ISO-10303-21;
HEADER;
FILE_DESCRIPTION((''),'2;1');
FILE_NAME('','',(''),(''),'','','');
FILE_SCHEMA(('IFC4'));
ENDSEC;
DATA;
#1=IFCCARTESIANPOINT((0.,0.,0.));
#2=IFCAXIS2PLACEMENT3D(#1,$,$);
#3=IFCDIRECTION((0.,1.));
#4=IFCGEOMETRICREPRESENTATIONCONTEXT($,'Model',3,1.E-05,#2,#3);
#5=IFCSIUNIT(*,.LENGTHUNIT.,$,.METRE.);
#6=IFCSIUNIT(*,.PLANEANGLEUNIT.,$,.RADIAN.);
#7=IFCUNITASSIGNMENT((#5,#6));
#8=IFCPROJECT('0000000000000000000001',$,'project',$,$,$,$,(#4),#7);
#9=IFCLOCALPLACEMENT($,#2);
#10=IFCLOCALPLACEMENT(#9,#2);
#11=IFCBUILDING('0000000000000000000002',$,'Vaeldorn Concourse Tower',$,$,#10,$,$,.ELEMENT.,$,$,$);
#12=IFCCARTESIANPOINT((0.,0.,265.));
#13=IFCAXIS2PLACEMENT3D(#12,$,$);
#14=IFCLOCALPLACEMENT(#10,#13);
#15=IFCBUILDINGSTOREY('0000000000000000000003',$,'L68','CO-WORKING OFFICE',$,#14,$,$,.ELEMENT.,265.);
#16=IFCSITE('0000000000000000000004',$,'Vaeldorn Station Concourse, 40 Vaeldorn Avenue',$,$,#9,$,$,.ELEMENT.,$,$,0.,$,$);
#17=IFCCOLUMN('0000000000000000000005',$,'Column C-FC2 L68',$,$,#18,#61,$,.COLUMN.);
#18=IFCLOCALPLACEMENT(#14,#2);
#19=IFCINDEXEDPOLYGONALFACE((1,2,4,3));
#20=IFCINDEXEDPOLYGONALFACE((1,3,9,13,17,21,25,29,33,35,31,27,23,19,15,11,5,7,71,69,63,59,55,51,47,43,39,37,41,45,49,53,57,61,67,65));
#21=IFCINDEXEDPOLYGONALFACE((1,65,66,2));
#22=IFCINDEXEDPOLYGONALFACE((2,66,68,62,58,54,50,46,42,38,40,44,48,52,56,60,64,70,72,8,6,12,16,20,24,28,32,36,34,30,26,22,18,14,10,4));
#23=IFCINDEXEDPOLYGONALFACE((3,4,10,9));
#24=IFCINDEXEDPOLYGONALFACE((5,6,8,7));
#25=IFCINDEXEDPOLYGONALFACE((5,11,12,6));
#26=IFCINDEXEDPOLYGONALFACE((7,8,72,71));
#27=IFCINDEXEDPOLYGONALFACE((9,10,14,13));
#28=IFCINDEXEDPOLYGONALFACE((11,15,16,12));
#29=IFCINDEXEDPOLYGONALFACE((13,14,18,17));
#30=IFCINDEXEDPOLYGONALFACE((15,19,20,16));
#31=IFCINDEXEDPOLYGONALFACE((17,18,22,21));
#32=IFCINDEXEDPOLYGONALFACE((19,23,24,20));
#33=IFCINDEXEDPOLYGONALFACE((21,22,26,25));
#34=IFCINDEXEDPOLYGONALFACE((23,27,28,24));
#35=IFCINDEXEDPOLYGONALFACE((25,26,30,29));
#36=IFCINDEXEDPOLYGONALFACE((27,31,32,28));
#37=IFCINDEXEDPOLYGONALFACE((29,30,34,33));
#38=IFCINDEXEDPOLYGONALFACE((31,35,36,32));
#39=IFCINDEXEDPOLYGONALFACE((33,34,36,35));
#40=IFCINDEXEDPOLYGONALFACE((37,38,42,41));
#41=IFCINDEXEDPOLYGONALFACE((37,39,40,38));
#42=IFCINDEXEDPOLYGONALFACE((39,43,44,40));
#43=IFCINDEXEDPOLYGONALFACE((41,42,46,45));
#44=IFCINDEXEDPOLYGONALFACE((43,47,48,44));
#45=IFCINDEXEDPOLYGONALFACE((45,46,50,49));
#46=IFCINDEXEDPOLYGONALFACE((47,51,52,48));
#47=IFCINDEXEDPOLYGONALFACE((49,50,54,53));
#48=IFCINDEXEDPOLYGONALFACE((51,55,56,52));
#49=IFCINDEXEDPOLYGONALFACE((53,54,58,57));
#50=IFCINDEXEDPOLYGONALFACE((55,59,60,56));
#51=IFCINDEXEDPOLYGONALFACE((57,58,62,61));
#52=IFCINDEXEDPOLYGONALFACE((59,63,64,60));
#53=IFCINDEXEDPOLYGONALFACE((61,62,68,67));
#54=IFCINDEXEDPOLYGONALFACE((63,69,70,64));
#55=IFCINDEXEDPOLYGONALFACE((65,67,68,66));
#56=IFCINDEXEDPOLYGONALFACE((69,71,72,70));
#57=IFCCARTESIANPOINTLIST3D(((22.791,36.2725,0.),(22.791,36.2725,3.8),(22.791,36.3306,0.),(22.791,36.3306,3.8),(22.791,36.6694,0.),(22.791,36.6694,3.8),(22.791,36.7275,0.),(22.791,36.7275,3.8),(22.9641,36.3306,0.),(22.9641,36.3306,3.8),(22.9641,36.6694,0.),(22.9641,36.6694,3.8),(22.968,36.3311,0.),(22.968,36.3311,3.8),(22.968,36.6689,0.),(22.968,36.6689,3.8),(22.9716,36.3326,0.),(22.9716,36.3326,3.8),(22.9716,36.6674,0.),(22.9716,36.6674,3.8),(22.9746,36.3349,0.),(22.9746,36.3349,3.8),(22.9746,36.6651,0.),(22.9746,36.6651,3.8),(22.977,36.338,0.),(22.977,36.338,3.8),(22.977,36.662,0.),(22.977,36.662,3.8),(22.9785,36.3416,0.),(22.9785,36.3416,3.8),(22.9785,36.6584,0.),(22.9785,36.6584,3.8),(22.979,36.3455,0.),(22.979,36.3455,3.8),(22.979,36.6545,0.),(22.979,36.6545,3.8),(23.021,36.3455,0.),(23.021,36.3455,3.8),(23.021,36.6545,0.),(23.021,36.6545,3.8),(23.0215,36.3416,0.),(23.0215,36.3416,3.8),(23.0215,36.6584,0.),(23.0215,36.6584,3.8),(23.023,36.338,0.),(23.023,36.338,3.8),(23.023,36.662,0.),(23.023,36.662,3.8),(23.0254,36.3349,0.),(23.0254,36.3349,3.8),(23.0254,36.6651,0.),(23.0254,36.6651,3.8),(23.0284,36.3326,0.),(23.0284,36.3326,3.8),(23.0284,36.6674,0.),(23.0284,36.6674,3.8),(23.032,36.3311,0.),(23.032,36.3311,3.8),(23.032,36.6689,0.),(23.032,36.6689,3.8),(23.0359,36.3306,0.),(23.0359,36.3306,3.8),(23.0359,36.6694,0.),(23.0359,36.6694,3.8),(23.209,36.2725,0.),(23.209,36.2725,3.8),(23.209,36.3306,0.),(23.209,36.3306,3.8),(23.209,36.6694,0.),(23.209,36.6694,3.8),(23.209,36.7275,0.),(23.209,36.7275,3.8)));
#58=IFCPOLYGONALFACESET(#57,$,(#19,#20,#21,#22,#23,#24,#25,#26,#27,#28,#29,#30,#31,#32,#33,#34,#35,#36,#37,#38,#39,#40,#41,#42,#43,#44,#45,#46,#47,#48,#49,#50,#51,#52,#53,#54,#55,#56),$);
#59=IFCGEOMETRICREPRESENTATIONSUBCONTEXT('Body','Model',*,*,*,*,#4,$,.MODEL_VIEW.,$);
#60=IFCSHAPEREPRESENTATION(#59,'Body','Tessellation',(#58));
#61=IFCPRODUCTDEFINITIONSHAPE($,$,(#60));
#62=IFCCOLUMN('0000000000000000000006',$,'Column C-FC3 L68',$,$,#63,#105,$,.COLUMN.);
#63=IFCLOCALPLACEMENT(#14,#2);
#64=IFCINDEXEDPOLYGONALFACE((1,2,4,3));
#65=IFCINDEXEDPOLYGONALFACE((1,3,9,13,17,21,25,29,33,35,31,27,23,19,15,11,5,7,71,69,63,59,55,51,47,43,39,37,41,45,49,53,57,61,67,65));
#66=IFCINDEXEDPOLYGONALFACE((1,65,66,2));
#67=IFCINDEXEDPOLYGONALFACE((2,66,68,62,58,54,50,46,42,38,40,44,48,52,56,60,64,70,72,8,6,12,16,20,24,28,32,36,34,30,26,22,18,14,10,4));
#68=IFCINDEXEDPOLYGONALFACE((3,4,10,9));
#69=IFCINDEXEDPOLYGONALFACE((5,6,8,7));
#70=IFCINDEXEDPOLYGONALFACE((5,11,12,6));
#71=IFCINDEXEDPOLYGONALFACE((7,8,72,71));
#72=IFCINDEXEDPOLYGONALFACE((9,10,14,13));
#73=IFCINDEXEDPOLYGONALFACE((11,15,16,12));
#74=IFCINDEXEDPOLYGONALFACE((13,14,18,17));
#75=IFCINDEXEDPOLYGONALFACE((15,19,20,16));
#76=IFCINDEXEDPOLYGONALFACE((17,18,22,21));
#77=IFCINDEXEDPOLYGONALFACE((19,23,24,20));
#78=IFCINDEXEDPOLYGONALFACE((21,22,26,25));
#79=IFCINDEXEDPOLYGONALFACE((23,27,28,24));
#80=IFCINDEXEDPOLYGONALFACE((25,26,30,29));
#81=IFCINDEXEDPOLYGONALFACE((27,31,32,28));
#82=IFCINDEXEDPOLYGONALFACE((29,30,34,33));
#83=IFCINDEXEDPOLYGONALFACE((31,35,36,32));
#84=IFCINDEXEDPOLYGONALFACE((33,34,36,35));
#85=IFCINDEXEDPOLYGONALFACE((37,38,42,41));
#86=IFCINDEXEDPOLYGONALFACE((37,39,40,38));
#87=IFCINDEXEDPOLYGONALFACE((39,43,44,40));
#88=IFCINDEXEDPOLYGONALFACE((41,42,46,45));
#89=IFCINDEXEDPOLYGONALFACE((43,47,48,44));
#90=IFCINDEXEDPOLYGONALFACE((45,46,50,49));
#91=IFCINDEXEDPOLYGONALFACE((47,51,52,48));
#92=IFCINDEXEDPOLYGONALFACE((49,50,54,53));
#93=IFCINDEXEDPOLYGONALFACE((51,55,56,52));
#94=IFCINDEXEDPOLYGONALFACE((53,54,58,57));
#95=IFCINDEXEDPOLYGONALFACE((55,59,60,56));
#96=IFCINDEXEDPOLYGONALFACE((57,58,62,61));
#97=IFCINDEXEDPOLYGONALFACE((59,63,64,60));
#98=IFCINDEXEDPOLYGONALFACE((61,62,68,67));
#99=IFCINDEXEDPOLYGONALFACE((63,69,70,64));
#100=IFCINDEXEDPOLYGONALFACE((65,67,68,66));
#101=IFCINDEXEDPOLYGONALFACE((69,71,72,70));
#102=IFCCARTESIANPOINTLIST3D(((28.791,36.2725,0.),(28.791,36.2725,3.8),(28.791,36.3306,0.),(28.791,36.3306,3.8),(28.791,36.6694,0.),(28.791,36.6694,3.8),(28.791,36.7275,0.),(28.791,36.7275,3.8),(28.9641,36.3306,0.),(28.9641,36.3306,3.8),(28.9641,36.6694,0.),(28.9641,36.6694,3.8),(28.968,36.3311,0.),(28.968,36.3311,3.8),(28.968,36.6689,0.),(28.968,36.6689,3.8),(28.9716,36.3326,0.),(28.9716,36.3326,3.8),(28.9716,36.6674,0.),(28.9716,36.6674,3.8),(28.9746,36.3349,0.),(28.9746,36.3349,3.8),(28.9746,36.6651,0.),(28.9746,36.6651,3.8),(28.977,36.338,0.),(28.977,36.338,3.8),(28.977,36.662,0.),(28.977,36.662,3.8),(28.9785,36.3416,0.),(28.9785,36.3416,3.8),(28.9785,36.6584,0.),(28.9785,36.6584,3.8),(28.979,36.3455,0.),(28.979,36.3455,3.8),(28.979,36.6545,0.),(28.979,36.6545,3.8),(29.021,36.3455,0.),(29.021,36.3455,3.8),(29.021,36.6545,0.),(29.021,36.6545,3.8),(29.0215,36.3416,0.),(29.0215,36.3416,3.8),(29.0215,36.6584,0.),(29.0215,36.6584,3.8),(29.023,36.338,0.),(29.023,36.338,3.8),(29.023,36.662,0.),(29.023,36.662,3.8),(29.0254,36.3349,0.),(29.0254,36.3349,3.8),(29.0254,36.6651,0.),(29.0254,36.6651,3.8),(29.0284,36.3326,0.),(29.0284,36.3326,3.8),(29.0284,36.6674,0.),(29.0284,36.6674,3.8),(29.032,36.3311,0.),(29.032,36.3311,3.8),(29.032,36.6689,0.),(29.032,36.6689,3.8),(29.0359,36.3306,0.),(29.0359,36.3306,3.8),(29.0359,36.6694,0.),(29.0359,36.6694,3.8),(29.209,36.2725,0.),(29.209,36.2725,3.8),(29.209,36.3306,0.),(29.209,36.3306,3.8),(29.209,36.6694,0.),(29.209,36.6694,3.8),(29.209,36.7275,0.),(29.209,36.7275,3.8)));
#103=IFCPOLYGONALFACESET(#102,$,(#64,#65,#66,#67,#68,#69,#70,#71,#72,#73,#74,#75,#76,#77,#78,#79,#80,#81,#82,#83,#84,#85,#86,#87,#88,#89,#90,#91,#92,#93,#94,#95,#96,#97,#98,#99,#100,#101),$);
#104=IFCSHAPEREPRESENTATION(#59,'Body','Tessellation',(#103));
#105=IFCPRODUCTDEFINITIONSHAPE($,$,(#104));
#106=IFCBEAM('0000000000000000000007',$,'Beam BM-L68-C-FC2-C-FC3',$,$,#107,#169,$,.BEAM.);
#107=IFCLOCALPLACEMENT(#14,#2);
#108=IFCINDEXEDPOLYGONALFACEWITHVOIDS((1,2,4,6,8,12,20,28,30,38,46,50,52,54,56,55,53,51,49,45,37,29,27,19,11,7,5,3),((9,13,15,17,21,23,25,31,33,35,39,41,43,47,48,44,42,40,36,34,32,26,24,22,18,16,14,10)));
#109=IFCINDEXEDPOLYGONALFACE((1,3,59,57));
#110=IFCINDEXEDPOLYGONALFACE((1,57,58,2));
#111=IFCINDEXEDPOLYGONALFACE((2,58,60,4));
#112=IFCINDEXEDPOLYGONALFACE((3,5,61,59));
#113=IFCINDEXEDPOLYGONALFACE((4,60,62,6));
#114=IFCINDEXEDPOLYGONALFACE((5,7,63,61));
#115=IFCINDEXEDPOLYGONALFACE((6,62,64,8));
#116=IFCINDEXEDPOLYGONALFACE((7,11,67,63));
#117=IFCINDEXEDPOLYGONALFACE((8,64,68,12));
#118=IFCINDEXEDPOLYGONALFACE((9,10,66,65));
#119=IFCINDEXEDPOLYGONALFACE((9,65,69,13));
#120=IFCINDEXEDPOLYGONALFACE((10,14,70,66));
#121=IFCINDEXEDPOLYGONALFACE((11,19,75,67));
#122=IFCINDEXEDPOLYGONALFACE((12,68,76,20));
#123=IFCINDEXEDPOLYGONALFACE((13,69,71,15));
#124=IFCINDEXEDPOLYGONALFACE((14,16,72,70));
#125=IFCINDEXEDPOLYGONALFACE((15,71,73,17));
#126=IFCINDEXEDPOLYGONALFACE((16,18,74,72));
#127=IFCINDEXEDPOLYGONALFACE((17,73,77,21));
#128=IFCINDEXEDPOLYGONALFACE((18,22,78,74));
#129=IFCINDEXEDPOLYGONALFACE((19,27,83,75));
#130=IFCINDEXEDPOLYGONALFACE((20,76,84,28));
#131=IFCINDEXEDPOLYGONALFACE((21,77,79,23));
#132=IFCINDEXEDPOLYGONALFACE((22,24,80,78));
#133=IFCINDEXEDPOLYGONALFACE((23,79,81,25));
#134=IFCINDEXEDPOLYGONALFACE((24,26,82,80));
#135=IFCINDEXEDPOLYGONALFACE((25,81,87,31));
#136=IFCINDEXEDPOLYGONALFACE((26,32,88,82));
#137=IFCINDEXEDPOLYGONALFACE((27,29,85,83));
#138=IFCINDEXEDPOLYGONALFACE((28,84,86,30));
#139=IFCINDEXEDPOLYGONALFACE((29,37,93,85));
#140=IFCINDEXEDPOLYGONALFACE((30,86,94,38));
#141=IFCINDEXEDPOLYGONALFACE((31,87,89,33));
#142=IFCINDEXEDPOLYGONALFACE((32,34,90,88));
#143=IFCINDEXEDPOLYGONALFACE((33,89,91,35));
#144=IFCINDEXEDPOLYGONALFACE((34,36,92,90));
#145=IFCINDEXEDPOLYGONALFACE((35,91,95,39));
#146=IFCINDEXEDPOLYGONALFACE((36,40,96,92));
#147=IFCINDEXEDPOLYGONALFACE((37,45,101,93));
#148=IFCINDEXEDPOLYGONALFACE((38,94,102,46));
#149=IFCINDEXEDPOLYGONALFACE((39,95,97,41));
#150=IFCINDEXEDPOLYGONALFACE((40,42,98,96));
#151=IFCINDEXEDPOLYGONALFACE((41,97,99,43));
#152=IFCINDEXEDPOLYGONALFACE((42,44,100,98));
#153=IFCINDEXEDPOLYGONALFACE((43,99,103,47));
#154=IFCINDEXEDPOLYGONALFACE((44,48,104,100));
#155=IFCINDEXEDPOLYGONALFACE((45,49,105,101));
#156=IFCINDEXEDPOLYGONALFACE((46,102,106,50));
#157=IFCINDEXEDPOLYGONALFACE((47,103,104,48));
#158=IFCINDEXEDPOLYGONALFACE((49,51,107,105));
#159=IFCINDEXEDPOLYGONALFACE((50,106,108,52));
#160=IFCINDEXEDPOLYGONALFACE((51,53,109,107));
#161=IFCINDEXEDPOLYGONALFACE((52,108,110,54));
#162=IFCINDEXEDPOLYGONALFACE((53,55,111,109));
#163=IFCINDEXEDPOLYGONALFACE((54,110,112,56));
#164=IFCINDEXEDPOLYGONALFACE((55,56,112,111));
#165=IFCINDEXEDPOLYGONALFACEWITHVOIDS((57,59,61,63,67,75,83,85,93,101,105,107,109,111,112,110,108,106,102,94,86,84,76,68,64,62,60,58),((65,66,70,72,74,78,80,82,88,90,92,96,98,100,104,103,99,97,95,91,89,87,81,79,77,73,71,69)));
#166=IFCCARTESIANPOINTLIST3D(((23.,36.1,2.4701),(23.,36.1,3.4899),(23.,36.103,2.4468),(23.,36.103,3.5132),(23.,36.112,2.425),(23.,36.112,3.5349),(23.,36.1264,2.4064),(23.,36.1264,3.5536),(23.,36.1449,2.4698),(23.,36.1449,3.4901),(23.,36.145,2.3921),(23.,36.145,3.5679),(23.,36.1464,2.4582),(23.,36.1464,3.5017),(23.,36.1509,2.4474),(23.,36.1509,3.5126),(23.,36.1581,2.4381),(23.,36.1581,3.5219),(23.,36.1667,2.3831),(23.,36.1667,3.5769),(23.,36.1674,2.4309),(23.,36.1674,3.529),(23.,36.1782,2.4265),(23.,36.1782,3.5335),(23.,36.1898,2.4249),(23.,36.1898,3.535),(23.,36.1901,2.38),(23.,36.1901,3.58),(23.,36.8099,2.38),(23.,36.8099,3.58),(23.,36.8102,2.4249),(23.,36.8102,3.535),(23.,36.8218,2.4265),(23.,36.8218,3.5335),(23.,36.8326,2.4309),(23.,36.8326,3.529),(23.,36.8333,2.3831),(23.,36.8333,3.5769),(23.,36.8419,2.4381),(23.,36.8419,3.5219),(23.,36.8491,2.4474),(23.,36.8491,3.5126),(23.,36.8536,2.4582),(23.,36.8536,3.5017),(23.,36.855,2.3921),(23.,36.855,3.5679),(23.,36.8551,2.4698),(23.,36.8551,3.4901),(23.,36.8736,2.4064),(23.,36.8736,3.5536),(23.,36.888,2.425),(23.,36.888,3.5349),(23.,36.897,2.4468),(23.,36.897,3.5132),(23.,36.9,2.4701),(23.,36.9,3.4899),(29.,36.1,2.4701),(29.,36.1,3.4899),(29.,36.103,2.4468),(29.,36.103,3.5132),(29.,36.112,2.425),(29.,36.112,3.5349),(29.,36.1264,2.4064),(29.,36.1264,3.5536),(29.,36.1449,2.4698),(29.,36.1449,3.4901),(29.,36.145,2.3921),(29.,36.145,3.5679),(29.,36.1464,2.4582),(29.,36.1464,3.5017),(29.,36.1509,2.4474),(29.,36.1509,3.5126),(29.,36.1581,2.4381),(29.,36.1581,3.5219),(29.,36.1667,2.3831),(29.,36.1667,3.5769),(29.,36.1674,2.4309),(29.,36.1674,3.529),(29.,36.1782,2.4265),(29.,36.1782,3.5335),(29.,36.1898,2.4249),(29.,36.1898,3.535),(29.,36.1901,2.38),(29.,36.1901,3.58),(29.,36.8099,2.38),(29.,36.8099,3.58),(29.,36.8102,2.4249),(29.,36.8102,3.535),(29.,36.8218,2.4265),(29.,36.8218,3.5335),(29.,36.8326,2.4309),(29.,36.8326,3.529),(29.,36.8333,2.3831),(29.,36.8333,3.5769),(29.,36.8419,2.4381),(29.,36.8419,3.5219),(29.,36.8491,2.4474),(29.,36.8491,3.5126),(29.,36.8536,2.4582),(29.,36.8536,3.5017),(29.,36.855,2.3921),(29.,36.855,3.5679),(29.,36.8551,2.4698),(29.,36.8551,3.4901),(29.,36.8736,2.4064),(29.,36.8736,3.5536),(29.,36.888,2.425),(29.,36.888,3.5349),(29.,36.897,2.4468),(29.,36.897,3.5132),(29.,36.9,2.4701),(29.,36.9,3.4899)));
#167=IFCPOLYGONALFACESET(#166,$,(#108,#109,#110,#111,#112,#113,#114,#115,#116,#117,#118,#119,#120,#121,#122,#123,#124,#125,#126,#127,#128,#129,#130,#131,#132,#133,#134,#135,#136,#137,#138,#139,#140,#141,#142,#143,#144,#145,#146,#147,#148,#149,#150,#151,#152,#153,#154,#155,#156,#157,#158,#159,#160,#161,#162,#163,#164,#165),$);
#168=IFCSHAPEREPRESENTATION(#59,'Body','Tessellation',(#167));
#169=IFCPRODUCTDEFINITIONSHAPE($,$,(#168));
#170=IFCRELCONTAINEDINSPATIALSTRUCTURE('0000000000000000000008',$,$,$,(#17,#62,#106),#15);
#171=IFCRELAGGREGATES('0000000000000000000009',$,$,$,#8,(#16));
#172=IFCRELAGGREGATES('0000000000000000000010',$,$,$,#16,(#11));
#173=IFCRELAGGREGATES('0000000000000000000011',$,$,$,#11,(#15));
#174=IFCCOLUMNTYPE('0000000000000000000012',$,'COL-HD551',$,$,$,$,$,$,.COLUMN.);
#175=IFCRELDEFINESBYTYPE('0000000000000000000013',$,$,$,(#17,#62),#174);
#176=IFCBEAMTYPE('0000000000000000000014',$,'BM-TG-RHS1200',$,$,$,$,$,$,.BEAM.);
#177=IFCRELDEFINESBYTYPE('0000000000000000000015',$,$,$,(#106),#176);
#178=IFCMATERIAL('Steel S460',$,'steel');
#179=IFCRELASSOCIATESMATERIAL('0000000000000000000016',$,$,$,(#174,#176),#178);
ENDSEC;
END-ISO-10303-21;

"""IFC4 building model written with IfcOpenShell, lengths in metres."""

from ifc_helpers import new_model, si_unit, direction, frame, origin, origin_2d, place, context, subcontext, project, spatial, hollow_rectangle, i_section, extrude, source, transform, mapped, material, material_profile, profile_set, type_object, element, save


model = new_model("IFC4")

# Units and contexts
model_context = context("Model", 3, precision=1e-05, world=origin(), true_north=direction((0.0, 1.0)))
body_context = subcontext(model_context, "Body", "Model", "MODEL_VIEW")
ifc_project = project(units=[si_unit("LENGTHUNIT", "METRE"), si_unit("PLANEANGLEUNIT", "RADIAN")], contexts=[model_context])

# Site, building, storey
site_placement = place(None, origin())
site = spatial("IfcSite", under=ifc_project, at=site_placement, Name="Vaeldorn Station Concourse, 40 Vaeldorn Avenue", CompositionType="ELEMENT", RefElevation=0.0)
building_placement = place(site_placement, origin())
building = spatial("IfcBuilding", under=site, at=building_placement, Name="Vaeldorn Concourse Tower", CompositionType="ELEMENT")
storey_placement = place(building_placement, frame((0.0, 0.0, 265.0)))
storey = spatial("IfcBuildingStorey", under=building, at=storey_placement, Name="L68", Description="CO-WORKING OFFICE", CompositionType="ELEMENT", Elevation=265.0)

# Columns
ifc_material_1 = material(Name="Steel S460", Category="steel")
ifc_material_profile_1 = material_profile(ifc_material_1, i_section(OverallWidth=0.418, OverallDepth=0.4551, WebThickness=0.042, FlangeThickness=0.0581, FilletRadius=0.0149, at=origin_2d()), Name="HD 400x551")
ifc_profile_set_1 = profile_set([ifc_material_profile_1], Name="Steel S460")
column_type = type_object("IfcColumnType", Name="COL-HD551", PredefinedType="COLUMN", material=ifc_profile_set_1)
shared_shape_1 = source(origin(), body_context, "Body", "SweptSolid", [
    extrude(i_section(OverallWidth=0.418, OverallDepth=0.4551, WebThickness=0.042, FlangeThickness=0.0581, FilletRadius=0.0149, at=origin_2d()), origin(), (0.0, 0.0, 1.0), 3.8),
])
for number, where, z_axis, x_axis, name in (
    (1, (23.0, 36.5, 0.0), (0.0, 0.0, 1.0), (1.0, 0.0, 0.0), "Column C-FC2 L68"),
    (2, (29.0, 36.5, 0.0), (0.0, 0.0, 1.0), (1.0, 0.0, 0.0), "Column C-FC3 L68"),
):
    element("IfcColumn", number, at=place(storey_placement, frame(where, z_axis=z_axis, x_axis=x_axis)), inside=storey, type_object=column_type, Name=name, PredefinedType="COLUMN", context=body_context, shape_type="MappedRepresentation", body=[
        mapped(shared_shape_1, transform((0.0, 0.0, 0.0), scale=1.0)),
    ])

# Beam
ifc_material_profile_2 = material_profile(ifc_material_1, hollow_rectangle(XDim=0.8, YDim=1.2, WallThickness=0.0449, InnerFilletRadius=0.0449, OuterFilletRadius=0.0901, at=origin_2d()), Name="RHS 1200x800x45")
ifc_profile_set_2 = profile_set([ifc_material_profile_2], Name="Steel S460")
beam_type_1 = type_object("IfcBeamType", Name="BM-TG-RHS1200", PredefinedType="BEAM", material=ifc_profile_set_2)
shared_shape_2 = source(origin(), body_context, "Body", "SweptSolid", [
    extrude(hollow_rectangle(XDim=0.8, YDim=1.2, WallThickness=0.0449, InnerFilletRadius=0.0449, OuterFilletRadius=0.0901, at=origin_2d()), origin(), (0.0, 0.0, 1.0), 6.0),
])
beam_1_placement = place(storey_placement, frame((23.0, 36.5, 2.98), z_axis=(1.0, 0.0, 0.0), x_axis=(0.0, 1.0, 0.0)))
element("IfcBeam", 3, at=beam_1_placement, inside=storey, type_object=beam_type_1, Name="Beam BM-L68-C-FC2-C-FC3", PredefinedType="BEAM", context=body_context, shape_type="MappedRepresentation", body=[
    mapped(shared_shape_2, transform((0.0, 0.0, 0.0), scale=1.0)),
])

save(model, "model.ifc")
